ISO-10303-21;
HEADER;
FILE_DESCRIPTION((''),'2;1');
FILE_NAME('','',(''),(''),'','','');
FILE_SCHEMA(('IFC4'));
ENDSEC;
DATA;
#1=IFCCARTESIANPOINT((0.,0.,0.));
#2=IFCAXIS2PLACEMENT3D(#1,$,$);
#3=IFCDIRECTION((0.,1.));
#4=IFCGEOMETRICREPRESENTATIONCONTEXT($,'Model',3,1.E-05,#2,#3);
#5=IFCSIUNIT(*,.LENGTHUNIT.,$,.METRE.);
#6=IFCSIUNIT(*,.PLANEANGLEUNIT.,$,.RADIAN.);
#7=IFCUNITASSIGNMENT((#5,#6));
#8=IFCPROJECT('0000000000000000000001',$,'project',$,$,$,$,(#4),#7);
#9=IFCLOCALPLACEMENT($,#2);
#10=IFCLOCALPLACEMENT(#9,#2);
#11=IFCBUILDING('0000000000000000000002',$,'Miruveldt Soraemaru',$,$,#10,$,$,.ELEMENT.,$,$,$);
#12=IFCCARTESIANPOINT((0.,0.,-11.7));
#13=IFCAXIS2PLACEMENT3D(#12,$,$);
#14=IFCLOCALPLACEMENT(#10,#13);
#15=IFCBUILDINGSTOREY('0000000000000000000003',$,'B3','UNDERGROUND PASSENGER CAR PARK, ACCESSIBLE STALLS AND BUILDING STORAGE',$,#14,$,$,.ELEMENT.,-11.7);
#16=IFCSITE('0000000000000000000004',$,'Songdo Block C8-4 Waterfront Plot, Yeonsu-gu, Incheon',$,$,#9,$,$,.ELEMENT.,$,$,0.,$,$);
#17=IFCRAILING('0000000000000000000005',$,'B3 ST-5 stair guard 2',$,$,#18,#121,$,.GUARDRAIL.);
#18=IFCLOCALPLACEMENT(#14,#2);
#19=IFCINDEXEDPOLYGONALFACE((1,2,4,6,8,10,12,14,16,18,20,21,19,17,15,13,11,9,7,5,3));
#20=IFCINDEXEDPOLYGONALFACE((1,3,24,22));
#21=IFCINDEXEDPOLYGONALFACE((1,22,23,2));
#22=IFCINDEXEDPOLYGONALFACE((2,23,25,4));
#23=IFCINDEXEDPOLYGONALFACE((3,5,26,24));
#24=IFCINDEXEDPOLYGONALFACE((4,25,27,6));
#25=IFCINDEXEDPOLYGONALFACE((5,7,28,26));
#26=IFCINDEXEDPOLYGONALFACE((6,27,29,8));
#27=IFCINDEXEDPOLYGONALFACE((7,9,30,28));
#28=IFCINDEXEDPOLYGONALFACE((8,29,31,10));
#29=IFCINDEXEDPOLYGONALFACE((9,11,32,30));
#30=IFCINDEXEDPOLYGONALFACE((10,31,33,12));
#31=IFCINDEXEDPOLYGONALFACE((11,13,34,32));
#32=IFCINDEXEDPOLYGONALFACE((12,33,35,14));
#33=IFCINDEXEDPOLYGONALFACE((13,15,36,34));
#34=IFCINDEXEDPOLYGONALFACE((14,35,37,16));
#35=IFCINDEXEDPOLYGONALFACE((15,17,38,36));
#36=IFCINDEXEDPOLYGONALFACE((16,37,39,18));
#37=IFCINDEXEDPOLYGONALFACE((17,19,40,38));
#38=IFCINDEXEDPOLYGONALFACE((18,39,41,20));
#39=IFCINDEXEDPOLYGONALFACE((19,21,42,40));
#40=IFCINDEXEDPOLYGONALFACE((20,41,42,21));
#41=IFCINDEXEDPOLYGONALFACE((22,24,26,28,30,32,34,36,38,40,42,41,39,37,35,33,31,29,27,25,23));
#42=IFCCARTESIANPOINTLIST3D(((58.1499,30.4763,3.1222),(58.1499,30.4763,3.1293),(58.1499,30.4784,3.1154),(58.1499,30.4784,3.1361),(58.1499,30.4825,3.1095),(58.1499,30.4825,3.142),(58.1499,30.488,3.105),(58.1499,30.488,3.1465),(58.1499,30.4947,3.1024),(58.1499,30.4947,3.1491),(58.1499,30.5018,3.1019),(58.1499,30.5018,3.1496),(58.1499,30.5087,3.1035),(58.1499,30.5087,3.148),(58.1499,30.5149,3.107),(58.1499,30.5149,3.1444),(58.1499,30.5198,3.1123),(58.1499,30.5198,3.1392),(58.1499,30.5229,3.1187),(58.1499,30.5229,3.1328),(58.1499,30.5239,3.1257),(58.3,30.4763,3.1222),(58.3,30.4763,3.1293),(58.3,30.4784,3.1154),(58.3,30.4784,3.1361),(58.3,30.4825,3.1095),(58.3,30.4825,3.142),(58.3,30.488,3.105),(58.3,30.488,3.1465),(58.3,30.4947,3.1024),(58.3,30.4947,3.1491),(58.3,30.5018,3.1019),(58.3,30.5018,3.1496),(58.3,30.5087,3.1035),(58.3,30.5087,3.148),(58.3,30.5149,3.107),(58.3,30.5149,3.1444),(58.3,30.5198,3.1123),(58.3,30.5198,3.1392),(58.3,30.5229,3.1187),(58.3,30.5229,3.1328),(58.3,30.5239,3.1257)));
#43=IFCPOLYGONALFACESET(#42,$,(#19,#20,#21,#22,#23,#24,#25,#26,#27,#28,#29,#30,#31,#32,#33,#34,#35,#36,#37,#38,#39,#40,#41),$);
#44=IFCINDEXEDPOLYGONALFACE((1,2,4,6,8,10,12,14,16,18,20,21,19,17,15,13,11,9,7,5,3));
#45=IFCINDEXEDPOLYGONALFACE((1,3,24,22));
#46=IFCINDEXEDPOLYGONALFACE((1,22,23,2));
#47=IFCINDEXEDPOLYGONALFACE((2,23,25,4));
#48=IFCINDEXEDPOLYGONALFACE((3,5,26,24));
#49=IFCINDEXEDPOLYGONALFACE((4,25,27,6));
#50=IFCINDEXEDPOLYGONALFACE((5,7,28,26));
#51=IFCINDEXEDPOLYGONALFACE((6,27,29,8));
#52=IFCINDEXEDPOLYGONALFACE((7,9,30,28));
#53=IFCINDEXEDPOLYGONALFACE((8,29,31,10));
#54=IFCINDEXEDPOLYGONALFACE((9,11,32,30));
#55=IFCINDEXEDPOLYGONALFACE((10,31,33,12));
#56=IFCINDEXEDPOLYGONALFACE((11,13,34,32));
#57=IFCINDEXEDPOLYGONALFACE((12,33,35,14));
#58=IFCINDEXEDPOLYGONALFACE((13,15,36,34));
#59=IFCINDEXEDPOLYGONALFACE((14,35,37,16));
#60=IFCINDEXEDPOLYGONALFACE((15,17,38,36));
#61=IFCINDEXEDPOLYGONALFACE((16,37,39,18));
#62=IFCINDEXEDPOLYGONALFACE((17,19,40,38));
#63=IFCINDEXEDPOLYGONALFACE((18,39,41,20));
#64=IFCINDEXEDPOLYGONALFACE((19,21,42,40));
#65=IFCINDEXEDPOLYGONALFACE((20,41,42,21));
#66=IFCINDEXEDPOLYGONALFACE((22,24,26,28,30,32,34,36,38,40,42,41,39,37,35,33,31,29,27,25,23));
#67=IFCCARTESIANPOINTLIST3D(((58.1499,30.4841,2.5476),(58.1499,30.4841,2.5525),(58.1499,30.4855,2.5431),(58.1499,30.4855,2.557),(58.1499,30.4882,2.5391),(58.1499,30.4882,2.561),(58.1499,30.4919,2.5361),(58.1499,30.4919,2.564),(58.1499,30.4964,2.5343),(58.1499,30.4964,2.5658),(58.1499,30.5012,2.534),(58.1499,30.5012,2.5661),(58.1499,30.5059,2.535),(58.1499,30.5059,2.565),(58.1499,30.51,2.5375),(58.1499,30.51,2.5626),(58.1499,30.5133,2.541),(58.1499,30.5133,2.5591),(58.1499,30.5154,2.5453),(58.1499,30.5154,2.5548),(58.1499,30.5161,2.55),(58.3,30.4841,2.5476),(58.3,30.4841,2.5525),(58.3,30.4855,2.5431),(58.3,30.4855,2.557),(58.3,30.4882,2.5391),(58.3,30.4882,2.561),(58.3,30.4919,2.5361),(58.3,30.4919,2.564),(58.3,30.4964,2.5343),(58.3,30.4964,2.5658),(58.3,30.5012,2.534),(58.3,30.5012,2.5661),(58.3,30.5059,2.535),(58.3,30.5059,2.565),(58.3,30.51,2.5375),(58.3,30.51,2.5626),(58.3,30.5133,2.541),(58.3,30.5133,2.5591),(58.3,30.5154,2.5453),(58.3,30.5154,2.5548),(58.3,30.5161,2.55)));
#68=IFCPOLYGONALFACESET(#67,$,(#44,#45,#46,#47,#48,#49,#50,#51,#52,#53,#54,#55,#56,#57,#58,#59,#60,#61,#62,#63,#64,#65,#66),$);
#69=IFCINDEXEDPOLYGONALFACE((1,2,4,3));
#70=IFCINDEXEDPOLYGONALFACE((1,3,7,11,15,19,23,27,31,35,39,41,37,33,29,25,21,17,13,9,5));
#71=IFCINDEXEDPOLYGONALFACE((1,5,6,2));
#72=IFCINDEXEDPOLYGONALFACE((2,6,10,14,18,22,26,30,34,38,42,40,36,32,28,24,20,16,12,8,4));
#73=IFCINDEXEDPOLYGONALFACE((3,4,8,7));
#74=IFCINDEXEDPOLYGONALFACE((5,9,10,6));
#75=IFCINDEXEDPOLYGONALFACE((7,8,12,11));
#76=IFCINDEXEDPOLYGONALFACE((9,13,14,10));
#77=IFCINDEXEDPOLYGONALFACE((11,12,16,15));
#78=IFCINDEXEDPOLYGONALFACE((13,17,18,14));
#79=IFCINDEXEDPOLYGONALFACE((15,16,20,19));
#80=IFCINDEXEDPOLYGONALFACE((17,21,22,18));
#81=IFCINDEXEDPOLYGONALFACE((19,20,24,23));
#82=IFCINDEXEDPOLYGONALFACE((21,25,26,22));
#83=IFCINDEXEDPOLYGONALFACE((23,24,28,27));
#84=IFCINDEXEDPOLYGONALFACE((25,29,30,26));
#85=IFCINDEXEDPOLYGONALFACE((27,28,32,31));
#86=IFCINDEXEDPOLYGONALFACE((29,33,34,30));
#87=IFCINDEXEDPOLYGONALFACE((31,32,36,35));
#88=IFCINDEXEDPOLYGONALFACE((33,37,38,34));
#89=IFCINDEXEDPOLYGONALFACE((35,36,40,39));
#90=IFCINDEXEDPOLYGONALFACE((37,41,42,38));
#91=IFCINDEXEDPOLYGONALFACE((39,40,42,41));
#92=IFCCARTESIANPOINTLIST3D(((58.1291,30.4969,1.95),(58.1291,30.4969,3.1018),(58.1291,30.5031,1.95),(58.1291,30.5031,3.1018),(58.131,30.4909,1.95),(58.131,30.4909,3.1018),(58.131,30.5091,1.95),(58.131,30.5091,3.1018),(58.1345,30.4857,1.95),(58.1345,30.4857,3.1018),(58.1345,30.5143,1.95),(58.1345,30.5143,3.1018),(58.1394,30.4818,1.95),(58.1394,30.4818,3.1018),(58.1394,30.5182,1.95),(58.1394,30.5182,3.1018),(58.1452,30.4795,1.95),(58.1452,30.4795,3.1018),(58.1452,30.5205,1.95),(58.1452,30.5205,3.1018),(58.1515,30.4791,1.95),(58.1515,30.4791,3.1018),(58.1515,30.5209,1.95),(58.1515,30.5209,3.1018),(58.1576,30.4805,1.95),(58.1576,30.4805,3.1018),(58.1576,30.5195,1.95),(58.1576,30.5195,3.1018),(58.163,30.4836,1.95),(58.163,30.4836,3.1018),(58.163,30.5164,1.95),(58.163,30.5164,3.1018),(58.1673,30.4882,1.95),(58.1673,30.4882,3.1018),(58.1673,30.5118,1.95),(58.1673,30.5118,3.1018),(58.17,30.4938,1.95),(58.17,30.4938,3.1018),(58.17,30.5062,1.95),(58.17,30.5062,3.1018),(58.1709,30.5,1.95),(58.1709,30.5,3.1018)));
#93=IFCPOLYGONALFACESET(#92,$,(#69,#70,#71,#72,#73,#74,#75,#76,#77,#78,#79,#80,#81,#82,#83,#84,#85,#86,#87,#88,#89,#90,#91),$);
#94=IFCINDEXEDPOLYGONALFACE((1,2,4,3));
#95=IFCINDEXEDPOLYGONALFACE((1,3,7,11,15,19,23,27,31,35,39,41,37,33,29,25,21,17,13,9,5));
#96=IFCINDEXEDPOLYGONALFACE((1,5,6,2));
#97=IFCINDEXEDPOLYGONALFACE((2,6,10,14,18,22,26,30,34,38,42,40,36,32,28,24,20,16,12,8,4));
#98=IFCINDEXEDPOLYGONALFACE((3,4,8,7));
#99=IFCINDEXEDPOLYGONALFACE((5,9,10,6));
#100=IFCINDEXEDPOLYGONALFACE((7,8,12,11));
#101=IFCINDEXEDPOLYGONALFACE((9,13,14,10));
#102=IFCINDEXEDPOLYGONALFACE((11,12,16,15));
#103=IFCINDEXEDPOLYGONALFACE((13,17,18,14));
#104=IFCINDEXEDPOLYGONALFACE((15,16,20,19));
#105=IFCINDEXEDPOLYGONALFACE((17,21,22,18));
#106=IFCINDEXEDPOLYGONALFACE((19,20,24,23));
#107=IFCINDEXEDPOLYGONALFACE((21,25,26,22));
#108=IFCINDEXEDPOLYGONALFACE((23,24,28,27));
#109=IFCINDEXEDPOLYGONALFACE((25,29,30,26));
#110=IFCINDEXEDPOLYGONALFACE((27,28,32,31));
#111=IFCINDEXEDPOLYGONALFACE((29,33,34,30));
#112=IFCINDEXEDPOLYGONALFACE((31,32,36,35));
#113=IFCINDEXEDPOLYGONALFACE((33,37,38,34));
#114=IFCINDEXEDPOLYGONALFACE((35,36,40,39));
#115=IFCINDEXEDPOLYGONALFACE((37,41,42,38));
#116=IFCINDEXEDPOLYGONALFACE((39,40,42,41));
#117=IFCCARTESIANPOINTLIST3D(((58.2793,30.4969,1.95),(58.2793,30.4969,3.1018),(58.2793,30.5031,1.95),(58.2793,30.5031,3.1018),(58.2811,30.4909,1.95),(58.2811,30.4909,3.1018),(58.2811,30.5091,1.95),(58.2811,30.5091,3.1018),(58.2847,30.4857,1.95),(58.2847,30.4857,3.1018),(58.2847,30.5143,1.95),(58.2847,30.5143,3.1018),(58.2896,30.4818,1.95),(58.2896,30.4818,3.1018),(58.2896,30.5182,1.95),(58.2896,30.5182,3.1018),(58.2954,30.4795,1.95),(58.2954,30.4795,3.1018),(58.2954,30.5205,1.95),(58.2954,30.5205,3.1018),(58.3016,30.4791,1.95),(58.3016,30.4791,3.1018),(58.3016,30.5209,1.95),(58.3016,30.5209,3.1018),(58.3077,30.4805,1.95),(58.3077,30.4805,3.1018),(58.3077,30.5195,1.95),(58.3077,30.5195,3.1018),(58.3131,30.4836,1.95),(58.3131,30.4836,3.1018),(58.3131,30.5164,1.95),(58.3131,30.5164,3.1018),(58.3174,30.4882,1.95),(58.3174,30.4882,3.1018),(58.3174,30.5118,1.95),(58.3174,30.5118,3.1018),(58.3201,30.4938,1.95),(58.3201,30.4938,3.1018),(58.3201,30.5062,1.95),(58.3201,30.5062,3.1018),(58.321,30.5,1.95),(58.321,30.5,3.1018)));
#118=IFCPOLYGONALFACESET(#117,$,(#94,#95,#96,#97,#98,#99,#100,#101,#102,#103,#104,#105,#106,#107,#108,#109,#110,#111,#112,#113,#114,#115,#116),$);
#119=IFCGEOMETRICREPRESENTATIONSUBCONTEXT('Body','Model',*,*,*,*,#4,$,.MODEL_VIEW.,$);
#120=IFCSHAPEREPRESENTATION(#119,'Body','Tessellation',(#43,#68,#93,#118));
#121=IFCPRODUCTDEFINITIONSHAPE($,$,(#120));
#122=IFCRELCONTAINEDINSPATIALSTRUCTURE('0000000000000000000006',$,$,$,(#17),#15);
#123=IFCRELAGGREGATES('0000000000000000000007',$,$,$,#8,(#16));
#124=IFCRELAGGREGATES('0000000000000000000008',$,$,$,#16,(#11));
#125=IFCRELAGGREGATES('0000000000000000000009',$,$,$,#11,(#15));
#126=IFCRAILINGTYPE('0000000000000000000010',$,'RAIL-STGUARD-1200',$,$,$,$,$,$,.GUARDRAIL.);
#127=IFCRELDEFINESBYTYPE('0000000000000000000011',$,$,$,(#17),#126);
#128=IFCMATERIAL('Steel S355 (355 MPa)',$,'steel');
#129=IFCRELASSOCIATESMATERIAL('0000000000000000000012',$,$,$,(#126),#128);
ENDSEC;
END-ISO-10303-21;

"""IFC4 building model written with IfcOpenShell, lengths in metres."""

from ifc_helpers import new_model, si_unit, direction, frame, origin, origin_2d, place, context, subcontext, project, spatial, circle, extrude, material, type_object, element, save


model = new_model("IFC4")

# Units and contexts
model_context = context("Model", 3, precision=1e-05, world=origin(), true_north=direction((0.0, 1.0)))
body_context = subcontext(model_context, "Body", "Model", "MODEL_VIEW")
ifc_project = project(units=[si_unit("LENGTHUNIT", "METRE"), si_unit("PLANEANGLEUNIT", "RADIAN")], contexts=[model_context])

# Site, building, storey
site_placement = place(None, origin())
site = spatial("IfcSite", under=ifc_project, at=site_placement, Name="Songdo Block C8-4 Waterfront Plot, Yeonsu-gu, Incheon", CompositionType="ELEMENT", RefElevation=0.0)
building_placement = place(site_placement, origin())
building = spatial("IfcBuilding", under=site, at=building_placement, Name="Miruveldt Soraemaru", CompositionType="ELEMENT")
storey_placement = place(building_placement, frame((0.0, 0.0, -11.7)))
storey = spatial("IfcBuildingStorey", under=building, at=storey_placement, Name="B3", Description="UNDERGROUND PASSENGER CAR PARK, ACCESSIBLE STALLS AND BUILDING STORAGE", CompositionType="ELEMENT", Elevation=-11.7)

# Shared definitions
ifc_material_1 = material(Name="Steel S355 (355 MPa)", Category="steel")

# Railing
railing_type_1 = type_object("IfcRailingType", Name="RAIL-STGUARD-1200", PredefinedType="GUARDRAIL", material=ifc_material_1)
railing_1_placement = place(storey_placement, frame((58.1499, 30.5, 1.95)))
element("IfcRailing", 1, at=railing_1_placement, inside=storey, type_object=railing_type_1, Name="B3 ST-5 stair guard 2", PredefinedType="GUARDRAIL", context=body_context, shape_type="SweptSolid", body=[
    extrude(circle(Radius=0.0239, at=origin_2d()), frame((0.0, 0.0, 1.1758), z_axis=(1.0, 0.0, 0.0), x_axis=(0.0, 1.0, 0.0)), (0.0, 0.0, 1.0), 0.1501),
    extrude(circle(Radius=0.0161, at=origin_2d()), frame((0.0, 0.0, 0.6001), z_axis=(1.0, 0.0, 0.0), x_axis=(0.0, 1.0, 0.0)), (0.0, 0.0, 1.0), 0.1501),
    extrude(circle(Radius=0.021, at=origin_2d()), origin(), (0.0, 0.0, 1.0), 1.1519),
    extrude(circle(Radius=0.021, at=origin_2d()), frame((0.1501, 0.0, 0.0)), (0.0, 0.0, 1.0), 1.1519),
])

save(model, "model.ifc")
